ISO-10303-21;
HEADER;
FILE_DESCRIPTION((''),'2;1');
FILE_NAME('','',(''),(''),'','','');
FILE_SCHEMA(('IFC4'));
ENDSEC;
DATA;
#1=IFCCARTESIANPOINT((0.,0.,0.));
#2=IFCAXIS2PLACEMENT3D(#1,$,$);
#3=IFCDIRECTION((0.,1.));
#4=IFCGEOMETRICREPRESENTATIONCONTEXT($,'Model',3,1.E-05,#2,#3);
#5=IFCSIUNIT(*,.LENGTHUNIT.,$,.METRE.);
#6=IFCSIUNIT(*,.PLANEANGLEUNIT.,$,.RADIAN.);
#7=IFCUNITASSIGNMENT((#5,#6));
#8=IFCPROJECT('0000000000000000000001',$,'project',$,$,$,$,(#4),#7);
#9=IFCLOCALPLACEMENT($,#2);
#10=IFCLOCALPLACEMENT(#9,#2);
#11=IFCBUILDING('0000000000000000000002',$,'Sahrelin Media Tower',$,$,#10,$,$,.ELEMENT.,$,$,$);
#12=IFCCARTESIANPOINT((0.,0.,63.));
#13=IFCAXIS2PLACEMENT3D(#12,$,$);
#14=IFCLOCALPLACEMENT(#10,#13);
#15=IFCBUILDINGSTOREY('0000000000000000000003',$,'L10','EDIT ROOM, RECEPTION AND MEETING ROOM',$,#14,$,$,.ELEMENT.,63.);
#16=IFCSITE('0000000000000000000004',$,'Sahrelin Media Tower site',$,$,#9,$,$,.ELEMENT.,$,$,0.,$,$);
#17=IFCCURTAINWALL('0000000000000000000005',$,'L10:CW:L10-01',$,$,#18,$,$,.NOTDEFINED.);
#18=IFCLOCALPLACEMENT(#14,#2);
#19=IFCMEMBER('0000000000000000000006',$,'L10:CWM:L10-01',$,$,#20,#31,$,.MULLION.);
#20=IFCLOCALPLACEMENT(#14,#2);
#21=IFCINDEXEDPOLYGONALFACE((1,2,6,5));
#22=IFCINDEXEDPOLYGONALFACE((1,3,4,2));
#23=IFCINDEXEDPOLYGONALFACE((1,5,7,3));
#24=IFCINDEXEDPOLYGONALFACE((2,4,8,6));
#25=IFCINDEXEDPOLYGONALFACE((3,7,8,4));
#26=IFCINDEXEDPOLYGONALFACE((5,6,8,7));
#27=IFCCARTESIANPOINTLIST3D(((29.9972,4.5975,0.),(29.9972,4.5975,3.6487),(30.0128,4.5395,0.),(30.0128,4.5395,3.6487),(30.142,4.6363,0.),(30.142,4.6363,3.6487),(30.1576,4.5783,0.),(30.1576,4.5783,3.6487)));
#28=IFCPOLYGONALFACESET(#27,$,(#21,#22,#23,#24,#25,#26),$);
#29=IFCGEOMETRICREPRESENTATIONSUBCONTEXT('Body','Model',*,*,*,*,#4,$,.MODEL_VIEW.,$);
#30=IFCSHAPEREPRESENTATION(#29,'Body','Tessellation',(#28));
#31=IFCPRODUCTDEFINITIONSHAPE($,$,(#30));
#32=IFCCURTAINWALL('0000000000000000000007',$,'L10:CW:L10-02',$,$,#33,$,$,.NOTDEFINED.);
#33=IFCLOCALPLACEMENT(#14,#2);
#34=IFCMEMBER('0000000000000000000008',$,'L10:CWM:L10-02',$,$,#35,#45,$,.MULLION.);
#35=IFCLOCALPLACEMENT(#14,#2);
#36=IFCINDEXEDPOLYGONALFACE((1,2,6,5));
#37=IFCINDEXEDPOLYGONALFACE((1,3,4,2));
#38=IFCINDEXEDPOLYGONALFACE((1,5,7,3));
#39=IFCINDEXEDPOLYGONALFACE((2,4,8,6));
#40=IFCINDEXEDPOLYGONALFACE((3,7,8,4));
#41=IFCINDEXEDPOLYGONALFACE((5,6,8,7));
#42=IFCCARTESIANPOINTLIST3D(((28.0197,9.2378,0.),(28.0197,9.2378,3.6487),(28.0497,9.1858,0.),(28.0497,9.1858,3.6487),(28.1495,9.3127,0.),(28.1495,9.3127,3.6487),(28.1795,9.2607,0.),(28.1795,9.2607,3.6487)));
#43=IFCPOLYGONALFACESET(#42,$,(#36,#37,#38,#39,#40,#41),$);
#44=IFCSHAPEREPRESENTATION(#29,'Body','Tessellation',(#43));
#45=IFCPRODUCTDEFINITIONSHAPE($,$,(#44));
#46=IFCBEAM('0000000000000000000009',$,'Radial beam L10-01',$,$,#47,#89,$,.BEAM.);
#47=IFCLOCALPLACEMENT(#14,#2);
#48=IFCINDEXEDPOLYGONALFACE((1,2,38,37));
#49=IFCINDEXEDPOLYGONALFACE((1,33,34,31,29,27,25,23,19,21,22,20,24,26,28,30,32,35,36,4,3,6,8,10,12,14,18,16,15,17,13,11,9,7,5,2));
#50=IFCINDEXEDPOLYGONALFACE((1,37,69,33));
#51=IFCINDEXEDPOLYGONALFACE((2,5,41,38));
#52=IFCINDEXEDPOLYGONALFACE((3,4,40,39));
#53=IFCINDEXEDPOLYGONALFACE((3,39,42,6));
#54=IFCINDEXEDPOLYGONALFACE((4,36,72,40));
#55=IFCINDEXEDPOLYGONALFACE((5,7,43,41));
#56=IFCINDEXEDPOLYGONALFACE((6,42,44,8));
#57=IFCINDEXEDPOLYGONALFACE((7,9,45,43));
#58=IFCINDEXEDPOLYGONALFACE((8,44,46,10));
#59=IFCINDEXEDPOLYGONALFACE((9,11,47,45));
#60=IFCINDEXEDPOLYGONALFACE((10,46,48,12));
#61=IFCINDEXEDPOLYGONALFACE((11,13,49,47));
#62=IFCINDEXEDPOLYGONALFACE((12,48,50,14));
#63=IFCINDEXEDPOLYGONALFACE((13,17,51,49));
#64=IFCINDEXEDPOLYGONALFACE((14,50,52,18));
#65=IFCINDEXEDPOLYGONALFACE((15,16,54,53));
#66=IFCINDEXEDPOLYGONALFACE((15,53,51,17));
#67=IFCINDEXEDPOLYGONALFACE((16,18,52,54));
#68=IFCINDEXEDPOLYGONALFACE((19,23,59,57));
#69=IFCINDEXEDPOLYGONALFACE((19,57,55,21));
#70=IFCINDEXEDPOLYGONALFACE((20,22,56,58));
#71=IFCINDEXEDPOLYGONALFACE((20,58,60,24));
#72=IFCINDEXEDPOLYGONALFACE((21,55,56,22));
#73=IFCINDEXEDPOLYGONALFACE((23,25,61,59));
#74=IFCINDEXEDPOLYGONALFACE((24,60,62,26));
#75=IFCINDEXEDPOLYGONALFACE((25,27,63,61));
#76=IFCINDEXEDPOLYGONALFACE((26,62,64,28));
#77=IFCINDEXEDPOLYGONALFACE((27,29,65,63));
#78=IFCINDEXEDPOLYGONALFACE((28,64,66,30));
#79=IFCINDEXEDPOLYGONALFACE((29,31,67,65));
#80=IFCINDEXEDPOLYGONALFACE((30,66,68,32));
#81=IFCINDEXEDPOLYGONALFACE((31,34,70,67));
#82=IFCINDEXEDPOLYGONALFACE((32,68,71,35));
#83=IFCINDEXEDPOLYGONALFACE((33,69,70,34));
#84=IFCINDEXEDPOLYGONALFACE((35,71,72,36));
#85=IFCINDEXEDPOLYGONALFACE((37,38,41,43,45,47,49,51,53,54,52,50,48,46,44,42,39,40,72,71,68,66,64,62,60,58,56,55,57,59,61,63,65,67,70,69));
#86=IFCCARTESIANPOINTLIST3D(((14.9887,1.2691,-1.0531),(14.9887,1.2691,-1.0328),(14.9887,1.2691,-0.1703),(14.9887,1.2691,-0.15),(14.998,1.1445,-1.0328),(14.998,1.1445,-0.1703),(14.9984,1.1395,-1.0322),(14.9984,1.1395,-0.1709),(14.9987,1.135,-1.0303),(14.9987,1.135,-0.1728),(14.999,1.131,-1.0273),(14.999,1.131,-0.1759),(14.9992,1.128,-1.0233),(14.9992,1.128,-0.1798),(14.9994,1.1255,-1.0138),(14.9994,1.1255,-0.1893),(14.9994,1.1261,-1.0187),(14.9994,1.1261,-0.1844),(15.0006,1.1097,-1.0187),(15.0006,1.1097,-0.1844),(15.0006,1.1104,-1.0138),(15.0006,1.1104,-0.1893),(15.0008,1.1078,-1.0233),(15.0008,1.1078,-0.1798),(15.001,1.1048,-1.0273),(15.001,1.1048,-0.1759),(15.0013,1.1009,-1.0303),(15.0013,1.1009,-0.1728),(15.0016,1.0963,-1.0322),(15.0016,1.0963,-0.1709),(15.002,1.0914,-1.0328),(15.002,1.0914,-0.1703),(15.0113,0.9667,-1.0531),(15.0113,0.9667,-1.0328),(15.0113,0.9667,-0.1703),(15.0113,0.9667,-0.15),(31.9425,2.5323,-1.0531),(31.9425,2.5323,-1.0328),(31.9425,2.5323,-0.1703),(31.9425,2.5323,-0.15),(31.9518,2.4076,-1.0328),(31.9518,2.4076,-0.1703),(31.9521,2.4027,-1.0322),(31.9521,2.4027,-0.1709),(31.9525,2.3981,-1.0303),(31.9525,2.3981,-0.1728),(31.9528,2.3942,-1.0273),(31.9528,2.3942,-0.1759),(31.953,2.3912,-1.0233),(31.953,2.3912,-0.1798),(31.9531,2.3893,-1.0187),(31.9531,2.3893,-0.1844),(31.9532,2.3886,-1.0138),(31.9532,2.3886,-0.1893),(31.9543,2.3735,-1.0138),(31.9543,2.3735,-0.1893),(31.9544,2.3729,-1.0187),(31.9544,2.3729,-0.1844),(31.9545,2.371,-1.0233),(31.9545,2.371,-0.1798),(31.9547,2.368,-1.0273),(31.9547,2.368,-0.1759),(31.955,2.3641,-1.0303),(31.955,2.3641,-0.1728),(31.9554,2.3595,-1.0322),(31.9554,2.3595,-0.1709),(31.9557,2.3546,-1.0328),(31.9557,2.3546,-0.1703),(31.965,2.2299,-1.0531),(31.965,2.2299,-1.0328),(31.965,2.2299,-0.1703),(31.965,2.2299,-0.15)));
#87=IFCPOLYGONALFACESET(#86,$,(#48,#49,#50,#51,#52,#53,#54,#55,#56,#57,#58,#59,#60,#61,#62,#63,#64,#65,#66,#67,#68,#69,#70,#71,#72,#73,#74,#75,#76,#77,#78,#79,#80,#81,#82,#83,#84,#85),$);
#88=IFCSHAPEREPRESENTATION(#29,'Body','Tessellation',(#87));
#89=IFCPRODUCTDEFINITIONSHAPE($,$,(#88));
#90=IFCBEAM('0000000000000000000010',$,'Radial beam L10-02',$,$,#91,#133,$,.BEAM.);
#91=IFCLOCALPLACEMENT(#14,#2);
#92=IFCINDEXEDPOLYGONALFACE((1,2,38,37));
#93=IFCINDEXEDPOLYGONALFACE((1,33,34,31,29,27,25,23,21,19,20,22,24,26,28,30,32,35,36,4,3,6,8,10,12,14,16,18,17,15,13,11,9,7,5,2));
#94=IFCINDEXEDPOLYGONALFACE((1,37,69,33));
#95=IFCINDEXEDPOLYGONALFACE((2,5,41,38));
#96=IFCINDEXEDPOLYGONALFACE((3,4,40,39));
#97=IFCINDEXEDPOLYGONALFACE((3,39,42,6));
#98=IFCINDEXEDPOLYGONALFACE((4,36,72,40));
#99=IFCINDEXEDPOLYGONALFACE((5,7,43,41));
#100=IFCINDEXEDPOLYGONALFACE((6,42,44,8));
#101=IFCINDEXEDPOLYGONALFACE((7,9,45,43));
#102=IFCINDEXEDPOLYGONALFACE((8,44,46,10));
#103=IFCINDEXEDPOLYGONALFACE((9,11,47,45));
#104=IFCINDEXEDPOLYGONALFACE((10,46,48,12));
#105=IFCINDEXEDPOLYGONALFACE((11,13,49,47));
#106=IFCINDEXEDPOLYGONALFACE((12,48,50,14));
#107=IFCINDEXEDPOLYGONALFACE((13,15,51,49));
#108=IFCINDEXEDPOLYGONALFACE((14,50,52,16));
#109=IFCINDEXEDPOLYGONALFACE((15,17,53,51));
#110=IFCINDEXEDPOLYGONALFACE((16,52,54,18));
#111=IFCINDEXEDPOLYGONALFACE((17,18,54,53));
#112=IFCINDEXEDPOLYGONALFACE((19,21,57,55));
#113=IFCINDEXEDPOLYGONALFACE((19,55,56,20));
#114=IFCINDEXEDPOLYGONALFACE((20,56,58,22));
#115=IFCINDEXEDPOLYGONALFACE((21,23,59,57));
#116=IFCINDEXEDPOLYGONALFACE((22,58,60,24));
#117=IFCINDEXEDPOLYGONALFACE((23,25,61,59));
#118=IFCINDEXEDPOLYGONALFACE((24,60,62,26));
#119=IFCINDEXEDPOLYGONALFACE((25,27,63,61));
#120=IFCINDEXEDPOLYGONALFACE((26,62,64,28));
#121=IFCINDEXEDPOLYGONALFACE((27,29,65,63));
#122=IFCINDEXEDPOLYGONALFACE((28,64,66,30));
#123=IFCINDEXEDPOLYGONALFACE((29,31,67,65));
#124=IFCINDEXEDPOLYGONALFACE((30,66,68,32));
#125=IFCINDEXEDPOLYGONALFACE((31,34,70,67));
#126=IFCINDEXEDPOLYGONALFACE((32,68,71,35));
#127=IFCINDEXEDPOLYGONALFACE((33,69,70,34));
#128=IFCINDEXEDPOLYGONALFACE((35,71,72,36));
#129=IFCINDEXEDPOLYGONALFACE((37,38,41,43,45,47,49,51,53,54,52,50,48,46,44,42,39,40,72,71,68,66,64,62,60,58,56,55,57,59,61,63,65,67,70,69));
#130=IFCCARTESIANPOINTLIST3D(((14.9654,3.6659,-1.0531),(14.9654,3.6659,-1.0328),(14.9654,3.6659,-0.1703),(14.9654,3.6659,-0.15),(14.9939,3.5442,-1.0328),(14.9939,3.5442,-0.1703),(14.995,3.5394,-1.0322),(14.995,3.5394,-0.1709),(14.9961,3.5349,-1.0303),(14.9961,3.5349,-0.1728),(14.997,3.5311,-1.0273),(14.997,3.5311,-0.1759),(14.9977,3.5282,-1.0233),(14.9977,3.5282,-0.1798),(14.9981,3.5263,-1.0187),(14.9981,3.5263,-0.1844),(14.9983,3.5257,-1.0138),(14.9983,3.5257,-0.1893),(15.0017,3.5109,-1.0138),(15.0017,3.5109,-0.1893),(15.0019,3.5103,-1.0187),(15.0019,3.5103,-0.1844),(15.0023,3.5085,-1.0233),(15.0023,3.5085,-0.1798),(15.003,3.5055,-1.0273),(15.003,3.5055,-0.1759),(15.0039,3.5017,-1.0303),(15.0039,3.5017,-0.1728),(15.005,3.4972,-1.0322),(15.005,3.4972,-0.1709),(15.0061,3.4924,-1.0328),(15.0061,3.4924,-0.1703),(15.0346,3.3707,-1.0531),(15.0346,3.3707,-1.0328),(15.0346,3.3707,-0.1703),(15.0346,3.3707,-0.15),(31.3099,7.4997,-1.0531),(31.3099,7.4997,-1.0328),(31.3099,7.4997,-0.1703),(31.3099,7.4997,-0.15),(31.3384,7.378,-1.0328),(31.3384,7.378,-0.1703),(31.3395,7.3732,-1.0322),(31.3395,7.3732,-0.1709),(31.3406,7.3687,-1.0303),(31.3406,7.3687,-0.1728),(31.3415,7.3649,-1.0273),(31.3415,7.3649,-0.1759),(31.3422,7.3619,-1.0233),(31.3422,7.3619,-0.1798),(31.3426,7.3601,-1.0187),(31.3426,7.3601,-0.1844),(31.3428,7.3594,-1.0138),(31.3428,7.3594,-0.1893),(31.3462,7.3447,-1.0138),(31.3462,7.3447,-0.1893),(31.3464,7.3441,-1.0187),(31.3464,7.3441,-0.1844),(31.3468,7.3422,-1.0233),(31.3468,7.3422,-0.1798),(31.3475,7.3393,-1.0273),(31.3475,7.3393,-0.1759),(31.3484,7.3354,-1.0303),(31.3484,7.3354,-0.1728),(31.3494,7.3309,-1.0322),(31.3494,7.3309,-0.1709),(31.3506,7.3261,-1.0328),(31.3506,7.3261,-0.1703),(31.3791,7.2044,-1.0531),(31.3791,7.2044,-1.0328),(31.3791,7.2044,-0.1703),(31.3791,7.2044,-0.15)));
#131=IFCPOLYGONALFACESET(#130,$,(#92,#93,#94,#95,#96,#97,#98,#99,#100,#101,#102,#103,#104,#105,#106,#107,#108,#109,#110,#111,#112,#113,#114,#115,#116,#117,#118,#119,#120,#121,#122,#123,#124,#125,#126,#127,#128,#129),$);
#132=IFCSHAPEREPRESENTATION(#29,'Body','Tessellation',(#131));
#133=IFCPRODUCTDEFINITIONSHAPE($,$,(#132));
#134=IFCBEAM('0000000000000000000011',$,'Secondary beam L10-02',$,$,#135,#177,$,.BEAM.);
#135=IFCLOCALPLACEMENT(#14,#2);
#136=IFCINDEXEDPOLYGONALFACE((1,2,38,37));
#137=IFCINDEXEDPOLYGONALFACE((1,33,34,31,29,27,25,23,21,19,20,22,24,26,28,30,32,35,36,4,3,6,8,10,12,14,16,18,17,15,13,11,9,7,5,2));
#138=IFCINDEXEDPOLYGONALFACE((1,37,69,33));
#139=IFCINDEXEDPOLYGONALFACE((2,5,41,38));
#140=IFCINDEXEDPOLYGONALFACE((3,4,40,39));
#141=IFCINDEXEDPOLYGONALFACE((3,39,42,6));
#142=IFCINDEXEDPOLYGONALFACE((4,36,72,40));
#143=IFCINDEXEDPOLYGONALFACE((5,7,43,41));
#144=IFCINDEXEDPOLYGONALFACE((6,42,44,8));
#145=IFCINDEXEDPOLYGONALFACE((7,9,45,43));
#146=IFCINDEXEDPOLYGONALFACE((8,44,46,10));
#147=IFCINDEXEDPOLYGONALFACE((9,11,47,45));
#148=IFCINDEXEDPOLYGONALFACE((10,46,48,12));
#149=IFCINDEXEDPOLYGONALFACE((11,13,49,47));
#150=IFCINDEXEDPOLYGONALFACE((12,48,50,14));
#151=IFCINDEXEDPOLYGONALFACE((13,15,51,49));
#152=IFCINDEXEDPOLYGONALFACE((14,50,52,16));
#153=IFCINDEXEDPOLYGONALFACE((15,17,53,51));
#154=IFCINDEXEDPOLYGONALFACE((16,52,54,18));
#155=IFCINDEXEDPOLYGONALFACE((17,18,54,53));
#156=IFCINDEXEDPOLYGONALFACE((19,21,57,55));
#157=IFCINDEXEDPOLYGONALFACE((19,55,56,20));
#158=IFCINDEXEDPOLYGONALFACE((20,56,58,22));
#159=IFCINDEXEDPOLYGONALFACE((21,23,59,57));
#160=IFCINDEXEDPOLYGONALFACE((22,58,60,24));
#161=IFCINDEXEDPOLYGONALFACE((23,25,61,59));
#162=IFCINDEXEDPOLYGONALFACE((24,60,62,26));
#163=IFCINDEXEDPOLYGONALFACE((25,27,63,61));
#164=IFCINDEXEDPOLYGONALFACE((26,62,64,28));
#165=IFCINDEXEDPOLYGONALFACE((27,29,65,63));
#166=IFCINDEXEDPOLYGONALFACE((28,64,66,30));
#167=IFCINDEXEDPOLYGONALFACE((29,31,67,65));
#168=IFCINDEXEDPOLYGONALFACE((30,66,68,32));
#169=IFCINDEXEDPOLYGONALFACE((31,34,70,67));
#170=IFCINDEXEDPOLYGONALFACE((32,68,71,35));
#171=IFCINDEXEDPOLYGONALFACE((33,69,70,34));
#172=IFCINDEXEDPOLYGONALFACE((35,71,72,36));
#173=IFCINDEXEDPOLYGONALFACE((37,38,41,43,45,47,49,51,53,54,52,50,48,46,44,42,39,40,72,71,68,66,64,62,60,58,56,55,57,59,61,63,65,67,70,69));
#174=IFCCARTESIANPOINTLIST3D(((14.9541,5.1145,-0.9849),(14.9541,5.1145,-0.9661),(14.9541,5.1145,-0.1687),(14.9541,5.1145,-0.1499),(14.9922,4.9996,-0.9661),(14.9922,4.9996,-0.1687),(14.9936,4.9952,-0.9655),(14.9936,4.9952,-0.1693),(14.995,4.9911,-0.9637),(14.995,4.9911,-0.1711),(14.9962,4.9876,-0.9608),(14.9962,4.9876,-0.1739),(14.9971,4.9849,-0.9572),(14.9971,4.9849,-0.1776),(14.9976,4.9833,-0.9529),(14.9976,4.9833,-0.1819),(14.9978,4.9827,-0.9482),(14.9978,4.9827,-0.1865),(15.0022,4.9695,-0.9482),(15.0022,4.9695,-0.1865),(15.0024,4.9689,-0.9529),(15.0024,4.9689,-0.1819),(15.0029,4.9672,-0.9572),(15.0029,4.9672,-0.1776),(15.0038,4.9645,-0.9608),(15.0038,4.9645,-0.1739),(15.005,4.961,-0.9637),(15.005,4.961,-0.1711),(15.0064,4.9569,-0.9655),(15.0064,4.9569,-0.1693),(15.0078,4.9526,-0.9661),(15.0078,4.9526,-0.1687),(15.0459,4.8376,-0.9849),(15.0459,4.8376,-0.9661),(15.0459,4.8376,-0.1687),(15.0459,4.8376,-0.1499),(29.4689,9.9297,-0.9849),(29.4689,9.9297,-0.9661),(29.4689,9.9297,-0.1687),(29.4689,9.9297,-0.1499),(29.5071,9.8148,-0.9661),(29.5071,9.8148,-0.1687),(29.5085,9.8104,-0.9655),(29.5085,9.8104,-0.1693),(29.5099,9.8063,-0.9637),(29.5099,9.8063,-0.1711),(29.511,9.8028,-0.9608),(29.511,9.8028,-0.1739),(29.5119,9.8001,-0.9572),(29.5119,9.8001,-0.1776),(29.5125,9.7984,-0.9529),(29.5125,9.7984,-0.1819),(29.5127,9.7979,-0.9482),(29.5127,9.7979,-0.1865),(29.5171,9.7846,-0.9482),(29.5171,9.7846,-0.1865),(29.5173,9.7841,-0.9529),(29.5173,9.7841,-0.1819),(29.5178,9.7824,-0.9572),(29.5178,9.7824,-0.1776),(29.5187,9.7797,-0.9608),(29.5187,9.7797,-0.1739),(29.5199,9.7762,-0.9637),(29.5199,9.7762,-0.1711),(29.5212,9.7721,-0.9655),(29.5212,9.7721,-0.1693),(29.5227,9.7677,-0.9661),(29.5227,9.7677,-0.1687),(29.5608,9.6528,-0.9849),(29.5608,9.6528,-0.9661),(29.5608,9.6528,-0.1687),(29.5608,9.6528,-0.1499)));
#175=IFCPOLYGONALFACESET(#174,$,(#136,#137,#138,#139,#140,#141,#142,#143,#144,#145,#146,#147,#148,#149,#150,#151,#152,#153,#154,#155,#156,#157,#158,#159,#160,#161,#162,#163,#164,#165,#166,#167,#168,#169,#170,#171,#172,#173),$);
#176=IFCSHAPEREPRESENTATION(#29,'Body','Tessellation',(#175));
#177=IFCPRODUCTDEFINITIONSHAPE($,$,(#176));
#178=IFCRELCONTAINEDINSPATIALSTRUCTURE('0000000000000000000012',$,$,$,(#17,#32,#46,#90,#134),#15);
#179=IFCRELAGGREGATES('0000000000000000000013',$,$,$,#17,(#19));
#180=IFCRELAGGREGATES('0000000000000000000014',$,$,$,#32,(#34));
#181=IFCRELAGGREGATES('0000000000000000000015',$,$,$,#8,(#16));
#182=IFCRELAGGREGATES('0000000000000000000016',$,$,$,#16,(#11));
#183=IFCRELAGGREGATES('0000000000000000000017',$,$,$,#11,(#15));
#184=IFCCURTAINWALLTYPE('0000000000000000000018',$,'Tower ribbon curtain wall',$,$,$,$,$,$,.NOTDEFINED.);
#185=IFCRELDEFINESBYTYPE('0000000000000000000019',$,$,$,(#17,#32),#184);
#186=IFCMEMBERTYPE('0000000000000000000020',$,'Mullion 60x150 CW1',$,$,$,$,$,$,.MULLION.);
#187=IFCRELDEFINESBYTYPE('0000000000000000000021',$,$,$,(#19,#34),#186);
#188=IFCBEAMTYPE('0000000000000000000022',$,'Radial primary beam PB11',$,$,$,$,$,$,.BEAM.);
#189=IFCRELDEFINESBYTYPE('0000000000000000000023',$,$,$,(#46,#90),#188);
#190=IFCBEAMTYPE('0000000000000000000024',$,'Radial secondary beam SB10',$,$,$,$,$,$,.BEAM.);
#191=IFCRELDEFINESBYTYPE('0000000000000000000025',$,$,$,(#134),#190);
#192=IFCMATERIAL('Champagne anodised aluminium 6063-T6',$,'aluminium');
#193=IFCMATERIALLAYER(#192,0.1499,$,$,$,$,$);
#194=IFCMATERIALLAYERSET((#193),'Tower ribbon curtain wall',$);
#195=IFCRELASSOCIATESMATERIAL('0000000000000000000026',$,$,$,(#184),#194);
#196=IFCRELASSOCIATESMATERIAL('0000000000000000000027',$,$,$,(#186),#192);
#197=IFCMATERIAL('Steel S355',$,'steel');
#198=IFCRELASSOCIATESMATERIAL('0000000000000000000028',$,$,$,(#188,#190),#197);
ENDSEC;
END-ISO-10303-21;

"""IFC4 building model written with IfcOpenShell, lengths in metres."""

from ifc_helpers import new_model, si_unit, direction, frame, origin, origin_2d, place, context, subcontext, project, spatial, rectangle, i_section, extrude, material, layer, layer_set, material_profile, profile_set, type_object, element, aggregate, save


model = new_model("IFC4")

# Units and contexts
model_context = context("Model", 3, precision=1e-05, world=origin(), true_north=direction((0.0, 1.0)))
body_context = subcontext(model_context, "Body", "Model", "MODEL_VIEW")
ifc_project = project(units=[si_unit("LENGTHUNIT", "METRE"), si_unit("PLANEANGLEUNIT", "RADIAN")], contexts=[model_context])

# Site, building, storey
site_placement = place(None, origin())
site = spatial("IfcSite", under=ifc_project, at=site_placement, Name="Sahrelin Media Tower site", CompositionType="ELEMENT", RefElevation=0.0)
building_placement = place(site_placement, origin())
building = spatial("IfcBuilding", under=site, at=building_placement, Name="Sahrelin Media Tower", CompositionType="ELEMENT")
storey_placement = place(building_placement, frame((0.0, 0.0, 63.0)))
storey = spatial("IfcBuildingStorey", under=building, at=storey_placement, Name="L10", Description="EDIT ROOM, RECEPTION AND MEETING ROOM", CompositionType="ELEMENT", Elevation=63.0)

# Shared definitions
ifc_material_1 = material(Name="Steel S355", Category="steel")

# Curtain walls, members
ifc_material_2 = material(Name="Champagne anodised aluminium 6063-T6", Category="aluminium")
ifc_layer_1 = layer(ifc_material_2, 0.1499)
ifc_layer_set_1 = layer_set([ifc_layer_1], Name="Tower ribbon curtain wall")
curtain_wall_type = type_object("IfcCurtainWallType", Name="Tower ribbon curtain wall", PredefinedType="NOTDEFINED", material=ifc_layer_set_1)
ifc_material_profile_1 = material_profile(ifc_material_2, rectangle(XDim=0.0601, YDim=0.1499, at=origin_2d()), Name="Mullion 60x150")
ifc_profile_set_1 = profile_set([ifc_material_profile_1], Name="Champagne anodised aluminium 6063-T6")
member_type_1 = type_object("IfcMemberType", Name="Mullion 60x150 CW1", PredefinedType="MULLION", material=ifc_profile_set_1)
curtain_wall_1_placement = place(storey_placement, frame((30.1692, 4.6125, 0.0), z_axis=(0.0, 0.0, 1.0), x_axis=(1.0, 0.0, 0.0)))
curtain_wall_1 = element("IfcCurtainWall", 1, at=curtain_wall_1_placement, inside=storey, type_object=curtain_wall_type, Name="L10:CW:L10-01", PredefinedType="NOTDEFINED")
member_1_placement = place(storey_placement, frame((30.0774, 4.5879, 0.0), z_axis=(0.0, 0.0, 1.0), x_axis=(-0.258821, 0.965925, 0.0)))
member_1 = element("IfcMember", 2, at=member_1_placement, type_object=member_type_1, Name="L10:CWM:L10-01", PredefinedType="MULLION", context=body_context, shape_type="SweptSolid", body=[
    extrude(rectangle(XDim=0.0601, YDim=0.1499, at=origin_2d()), origin(), (0.0, 0.0, 1.0), 3.6487),
])
curtain_wall_2_placement = place(storey_placement, frame((28.1819, 9.2966, 0.0), z_axis=(0.0, 0.0, 1.0), x_axis=(1.0, 0.0, 0.0)))
curtain_wall_2 = element("IfcCurtainWall", 3, at=curtain_wall_2_placement, inside=storey, type_object=curtain_wall_type, Name="L10:CW:L10-02", PredefinedType="NOTDEFINED")
member_2_placement = place(storey_placement, frame((28.0996, 9.2493, 0.0), z_axis=(0.0, 0.0, 1.0), x_axis=(-0.499997, 0.866027, 0.0)))
member_2 = element("IfcMember", 4, at=member_2_placement, type_object=member_type_1, Name="L10:CWM:L10-02", PredefinedType="MULLION", context=body_context, shape_type="SweptSolid", body=[
    extrude(rectangle(XDim=0.0601, YDim=0.1499, at=origin_2d()), origin(), (0.0, 0.0, 1.0), 3.6487),
])

# Beams
ifc_material_profile_2 = material_profile(ifc_material_1, i_section(OverallWidth=0.3032, OverallDepth=0.9031, WebThickness=0.0151, FlangeThickness=0.0203, FilletRadius=0.019, at=origin_2d()), Name="UB 914x305x201")
ifc_profile_set_2 = profile_set([ifc_material_profile_2], Name="Steel S355")
beam_type_1 = type_object("IfcBeamType", Name="Radial primary beam PB11", PredefinedType="BEAM", material=ifc_profile_set_2)
beam_1_placement = place(storey_placement, frame((15.0, 1.1179, -0.6016), z_axis=(0.997236, 0.074301, 0.0), x_axis=(-0.074301, 0.997236, 0.0)))
element("IfcBeam", 5, at=beam_1_placement, inside=storey, type_object=beam_type_1, Name="Radial beam L10-01", PredefinedType="BEAM", context=body_context, shape_type="SweptSolid", body=[
    extrude(i_section(OverallWidth=0.3032, OverallDepth=0.9031, WebThickness=0.0151, FlangeThickness=0.0203, FilletRadius=0.019, at=origin_2d()), origin(), (0.0, 0.0, 1.0), 17.0007),
])
beam_2_placement = place(storey_placement, frame((15.0, 3.5183, -0.6016), z_axis=(0.973577, 0.228361, 0.0), x_axis=(-0.228361, 0.973577, 0.0)))
element("IfcBeam", 6, at=beam_2_placement, inside=storey, type_object=beam_type_1, Name="Radial beam L10-02", PredefinedType="BEAM", context=body_context, shape_type="SweptSolid", body=[
    extrude(i_section(OverallWidth=0.3032, OverallDepth=0.9031, WebThickness=0.0151, FlangeThickness=0.0203, FilletRadius=0.019, at=origin_2d()), origin(), (0.0, 0.0, 1.0), 16.7881),
])
ifc_material_profile_3 = material_profile(ifc_material_1, i_section(OverallWidth=0.2917, OverallDepth=0.835, WebThickness=0.0139, FlangeThickness=0.0188, FilletRadius=0.0178, at=origin_2d()), Name="UB 838x292x176")
ifc_profile_set_3 = profile_set([ifc_material_profile_3], Name="Steel S355")
beam_type_2 = type_object("IfcBeamType", Name="Radial secondary beam SB10", PredefinedType="BEAM", material=ifc_profile_set_3)
beam_3_placement = place(storey_placement, frame((15.0, 4.9761, -0.5674), z_axis=(0.949136, 0.314867, 0.0), x_axis=(-0.314867, 0.949136, 0.0)))
element("IfcBeam", 7, at=beam_3_placement, inside=storey, type_object=beam_type_2, Name="Secondary beam L10-02", PredefinedType="BEAM", context=body_context, shape_type="SweptSolid", body=[
    extrude(i_section(OverallWidth=0.2917, OverallDepth=0.835, WebThickness=0.0139, FlangeThickness=0.0188, FilletRadius=0.0178, at=origin_2d()), origin(), (0.0, 0.0, 1.0), 15.2927),
])

aggregate(curtain_wall_1, [member_1])
aggregate(curtain_wall_2, [member_2])

save(model, "model.ifc")
